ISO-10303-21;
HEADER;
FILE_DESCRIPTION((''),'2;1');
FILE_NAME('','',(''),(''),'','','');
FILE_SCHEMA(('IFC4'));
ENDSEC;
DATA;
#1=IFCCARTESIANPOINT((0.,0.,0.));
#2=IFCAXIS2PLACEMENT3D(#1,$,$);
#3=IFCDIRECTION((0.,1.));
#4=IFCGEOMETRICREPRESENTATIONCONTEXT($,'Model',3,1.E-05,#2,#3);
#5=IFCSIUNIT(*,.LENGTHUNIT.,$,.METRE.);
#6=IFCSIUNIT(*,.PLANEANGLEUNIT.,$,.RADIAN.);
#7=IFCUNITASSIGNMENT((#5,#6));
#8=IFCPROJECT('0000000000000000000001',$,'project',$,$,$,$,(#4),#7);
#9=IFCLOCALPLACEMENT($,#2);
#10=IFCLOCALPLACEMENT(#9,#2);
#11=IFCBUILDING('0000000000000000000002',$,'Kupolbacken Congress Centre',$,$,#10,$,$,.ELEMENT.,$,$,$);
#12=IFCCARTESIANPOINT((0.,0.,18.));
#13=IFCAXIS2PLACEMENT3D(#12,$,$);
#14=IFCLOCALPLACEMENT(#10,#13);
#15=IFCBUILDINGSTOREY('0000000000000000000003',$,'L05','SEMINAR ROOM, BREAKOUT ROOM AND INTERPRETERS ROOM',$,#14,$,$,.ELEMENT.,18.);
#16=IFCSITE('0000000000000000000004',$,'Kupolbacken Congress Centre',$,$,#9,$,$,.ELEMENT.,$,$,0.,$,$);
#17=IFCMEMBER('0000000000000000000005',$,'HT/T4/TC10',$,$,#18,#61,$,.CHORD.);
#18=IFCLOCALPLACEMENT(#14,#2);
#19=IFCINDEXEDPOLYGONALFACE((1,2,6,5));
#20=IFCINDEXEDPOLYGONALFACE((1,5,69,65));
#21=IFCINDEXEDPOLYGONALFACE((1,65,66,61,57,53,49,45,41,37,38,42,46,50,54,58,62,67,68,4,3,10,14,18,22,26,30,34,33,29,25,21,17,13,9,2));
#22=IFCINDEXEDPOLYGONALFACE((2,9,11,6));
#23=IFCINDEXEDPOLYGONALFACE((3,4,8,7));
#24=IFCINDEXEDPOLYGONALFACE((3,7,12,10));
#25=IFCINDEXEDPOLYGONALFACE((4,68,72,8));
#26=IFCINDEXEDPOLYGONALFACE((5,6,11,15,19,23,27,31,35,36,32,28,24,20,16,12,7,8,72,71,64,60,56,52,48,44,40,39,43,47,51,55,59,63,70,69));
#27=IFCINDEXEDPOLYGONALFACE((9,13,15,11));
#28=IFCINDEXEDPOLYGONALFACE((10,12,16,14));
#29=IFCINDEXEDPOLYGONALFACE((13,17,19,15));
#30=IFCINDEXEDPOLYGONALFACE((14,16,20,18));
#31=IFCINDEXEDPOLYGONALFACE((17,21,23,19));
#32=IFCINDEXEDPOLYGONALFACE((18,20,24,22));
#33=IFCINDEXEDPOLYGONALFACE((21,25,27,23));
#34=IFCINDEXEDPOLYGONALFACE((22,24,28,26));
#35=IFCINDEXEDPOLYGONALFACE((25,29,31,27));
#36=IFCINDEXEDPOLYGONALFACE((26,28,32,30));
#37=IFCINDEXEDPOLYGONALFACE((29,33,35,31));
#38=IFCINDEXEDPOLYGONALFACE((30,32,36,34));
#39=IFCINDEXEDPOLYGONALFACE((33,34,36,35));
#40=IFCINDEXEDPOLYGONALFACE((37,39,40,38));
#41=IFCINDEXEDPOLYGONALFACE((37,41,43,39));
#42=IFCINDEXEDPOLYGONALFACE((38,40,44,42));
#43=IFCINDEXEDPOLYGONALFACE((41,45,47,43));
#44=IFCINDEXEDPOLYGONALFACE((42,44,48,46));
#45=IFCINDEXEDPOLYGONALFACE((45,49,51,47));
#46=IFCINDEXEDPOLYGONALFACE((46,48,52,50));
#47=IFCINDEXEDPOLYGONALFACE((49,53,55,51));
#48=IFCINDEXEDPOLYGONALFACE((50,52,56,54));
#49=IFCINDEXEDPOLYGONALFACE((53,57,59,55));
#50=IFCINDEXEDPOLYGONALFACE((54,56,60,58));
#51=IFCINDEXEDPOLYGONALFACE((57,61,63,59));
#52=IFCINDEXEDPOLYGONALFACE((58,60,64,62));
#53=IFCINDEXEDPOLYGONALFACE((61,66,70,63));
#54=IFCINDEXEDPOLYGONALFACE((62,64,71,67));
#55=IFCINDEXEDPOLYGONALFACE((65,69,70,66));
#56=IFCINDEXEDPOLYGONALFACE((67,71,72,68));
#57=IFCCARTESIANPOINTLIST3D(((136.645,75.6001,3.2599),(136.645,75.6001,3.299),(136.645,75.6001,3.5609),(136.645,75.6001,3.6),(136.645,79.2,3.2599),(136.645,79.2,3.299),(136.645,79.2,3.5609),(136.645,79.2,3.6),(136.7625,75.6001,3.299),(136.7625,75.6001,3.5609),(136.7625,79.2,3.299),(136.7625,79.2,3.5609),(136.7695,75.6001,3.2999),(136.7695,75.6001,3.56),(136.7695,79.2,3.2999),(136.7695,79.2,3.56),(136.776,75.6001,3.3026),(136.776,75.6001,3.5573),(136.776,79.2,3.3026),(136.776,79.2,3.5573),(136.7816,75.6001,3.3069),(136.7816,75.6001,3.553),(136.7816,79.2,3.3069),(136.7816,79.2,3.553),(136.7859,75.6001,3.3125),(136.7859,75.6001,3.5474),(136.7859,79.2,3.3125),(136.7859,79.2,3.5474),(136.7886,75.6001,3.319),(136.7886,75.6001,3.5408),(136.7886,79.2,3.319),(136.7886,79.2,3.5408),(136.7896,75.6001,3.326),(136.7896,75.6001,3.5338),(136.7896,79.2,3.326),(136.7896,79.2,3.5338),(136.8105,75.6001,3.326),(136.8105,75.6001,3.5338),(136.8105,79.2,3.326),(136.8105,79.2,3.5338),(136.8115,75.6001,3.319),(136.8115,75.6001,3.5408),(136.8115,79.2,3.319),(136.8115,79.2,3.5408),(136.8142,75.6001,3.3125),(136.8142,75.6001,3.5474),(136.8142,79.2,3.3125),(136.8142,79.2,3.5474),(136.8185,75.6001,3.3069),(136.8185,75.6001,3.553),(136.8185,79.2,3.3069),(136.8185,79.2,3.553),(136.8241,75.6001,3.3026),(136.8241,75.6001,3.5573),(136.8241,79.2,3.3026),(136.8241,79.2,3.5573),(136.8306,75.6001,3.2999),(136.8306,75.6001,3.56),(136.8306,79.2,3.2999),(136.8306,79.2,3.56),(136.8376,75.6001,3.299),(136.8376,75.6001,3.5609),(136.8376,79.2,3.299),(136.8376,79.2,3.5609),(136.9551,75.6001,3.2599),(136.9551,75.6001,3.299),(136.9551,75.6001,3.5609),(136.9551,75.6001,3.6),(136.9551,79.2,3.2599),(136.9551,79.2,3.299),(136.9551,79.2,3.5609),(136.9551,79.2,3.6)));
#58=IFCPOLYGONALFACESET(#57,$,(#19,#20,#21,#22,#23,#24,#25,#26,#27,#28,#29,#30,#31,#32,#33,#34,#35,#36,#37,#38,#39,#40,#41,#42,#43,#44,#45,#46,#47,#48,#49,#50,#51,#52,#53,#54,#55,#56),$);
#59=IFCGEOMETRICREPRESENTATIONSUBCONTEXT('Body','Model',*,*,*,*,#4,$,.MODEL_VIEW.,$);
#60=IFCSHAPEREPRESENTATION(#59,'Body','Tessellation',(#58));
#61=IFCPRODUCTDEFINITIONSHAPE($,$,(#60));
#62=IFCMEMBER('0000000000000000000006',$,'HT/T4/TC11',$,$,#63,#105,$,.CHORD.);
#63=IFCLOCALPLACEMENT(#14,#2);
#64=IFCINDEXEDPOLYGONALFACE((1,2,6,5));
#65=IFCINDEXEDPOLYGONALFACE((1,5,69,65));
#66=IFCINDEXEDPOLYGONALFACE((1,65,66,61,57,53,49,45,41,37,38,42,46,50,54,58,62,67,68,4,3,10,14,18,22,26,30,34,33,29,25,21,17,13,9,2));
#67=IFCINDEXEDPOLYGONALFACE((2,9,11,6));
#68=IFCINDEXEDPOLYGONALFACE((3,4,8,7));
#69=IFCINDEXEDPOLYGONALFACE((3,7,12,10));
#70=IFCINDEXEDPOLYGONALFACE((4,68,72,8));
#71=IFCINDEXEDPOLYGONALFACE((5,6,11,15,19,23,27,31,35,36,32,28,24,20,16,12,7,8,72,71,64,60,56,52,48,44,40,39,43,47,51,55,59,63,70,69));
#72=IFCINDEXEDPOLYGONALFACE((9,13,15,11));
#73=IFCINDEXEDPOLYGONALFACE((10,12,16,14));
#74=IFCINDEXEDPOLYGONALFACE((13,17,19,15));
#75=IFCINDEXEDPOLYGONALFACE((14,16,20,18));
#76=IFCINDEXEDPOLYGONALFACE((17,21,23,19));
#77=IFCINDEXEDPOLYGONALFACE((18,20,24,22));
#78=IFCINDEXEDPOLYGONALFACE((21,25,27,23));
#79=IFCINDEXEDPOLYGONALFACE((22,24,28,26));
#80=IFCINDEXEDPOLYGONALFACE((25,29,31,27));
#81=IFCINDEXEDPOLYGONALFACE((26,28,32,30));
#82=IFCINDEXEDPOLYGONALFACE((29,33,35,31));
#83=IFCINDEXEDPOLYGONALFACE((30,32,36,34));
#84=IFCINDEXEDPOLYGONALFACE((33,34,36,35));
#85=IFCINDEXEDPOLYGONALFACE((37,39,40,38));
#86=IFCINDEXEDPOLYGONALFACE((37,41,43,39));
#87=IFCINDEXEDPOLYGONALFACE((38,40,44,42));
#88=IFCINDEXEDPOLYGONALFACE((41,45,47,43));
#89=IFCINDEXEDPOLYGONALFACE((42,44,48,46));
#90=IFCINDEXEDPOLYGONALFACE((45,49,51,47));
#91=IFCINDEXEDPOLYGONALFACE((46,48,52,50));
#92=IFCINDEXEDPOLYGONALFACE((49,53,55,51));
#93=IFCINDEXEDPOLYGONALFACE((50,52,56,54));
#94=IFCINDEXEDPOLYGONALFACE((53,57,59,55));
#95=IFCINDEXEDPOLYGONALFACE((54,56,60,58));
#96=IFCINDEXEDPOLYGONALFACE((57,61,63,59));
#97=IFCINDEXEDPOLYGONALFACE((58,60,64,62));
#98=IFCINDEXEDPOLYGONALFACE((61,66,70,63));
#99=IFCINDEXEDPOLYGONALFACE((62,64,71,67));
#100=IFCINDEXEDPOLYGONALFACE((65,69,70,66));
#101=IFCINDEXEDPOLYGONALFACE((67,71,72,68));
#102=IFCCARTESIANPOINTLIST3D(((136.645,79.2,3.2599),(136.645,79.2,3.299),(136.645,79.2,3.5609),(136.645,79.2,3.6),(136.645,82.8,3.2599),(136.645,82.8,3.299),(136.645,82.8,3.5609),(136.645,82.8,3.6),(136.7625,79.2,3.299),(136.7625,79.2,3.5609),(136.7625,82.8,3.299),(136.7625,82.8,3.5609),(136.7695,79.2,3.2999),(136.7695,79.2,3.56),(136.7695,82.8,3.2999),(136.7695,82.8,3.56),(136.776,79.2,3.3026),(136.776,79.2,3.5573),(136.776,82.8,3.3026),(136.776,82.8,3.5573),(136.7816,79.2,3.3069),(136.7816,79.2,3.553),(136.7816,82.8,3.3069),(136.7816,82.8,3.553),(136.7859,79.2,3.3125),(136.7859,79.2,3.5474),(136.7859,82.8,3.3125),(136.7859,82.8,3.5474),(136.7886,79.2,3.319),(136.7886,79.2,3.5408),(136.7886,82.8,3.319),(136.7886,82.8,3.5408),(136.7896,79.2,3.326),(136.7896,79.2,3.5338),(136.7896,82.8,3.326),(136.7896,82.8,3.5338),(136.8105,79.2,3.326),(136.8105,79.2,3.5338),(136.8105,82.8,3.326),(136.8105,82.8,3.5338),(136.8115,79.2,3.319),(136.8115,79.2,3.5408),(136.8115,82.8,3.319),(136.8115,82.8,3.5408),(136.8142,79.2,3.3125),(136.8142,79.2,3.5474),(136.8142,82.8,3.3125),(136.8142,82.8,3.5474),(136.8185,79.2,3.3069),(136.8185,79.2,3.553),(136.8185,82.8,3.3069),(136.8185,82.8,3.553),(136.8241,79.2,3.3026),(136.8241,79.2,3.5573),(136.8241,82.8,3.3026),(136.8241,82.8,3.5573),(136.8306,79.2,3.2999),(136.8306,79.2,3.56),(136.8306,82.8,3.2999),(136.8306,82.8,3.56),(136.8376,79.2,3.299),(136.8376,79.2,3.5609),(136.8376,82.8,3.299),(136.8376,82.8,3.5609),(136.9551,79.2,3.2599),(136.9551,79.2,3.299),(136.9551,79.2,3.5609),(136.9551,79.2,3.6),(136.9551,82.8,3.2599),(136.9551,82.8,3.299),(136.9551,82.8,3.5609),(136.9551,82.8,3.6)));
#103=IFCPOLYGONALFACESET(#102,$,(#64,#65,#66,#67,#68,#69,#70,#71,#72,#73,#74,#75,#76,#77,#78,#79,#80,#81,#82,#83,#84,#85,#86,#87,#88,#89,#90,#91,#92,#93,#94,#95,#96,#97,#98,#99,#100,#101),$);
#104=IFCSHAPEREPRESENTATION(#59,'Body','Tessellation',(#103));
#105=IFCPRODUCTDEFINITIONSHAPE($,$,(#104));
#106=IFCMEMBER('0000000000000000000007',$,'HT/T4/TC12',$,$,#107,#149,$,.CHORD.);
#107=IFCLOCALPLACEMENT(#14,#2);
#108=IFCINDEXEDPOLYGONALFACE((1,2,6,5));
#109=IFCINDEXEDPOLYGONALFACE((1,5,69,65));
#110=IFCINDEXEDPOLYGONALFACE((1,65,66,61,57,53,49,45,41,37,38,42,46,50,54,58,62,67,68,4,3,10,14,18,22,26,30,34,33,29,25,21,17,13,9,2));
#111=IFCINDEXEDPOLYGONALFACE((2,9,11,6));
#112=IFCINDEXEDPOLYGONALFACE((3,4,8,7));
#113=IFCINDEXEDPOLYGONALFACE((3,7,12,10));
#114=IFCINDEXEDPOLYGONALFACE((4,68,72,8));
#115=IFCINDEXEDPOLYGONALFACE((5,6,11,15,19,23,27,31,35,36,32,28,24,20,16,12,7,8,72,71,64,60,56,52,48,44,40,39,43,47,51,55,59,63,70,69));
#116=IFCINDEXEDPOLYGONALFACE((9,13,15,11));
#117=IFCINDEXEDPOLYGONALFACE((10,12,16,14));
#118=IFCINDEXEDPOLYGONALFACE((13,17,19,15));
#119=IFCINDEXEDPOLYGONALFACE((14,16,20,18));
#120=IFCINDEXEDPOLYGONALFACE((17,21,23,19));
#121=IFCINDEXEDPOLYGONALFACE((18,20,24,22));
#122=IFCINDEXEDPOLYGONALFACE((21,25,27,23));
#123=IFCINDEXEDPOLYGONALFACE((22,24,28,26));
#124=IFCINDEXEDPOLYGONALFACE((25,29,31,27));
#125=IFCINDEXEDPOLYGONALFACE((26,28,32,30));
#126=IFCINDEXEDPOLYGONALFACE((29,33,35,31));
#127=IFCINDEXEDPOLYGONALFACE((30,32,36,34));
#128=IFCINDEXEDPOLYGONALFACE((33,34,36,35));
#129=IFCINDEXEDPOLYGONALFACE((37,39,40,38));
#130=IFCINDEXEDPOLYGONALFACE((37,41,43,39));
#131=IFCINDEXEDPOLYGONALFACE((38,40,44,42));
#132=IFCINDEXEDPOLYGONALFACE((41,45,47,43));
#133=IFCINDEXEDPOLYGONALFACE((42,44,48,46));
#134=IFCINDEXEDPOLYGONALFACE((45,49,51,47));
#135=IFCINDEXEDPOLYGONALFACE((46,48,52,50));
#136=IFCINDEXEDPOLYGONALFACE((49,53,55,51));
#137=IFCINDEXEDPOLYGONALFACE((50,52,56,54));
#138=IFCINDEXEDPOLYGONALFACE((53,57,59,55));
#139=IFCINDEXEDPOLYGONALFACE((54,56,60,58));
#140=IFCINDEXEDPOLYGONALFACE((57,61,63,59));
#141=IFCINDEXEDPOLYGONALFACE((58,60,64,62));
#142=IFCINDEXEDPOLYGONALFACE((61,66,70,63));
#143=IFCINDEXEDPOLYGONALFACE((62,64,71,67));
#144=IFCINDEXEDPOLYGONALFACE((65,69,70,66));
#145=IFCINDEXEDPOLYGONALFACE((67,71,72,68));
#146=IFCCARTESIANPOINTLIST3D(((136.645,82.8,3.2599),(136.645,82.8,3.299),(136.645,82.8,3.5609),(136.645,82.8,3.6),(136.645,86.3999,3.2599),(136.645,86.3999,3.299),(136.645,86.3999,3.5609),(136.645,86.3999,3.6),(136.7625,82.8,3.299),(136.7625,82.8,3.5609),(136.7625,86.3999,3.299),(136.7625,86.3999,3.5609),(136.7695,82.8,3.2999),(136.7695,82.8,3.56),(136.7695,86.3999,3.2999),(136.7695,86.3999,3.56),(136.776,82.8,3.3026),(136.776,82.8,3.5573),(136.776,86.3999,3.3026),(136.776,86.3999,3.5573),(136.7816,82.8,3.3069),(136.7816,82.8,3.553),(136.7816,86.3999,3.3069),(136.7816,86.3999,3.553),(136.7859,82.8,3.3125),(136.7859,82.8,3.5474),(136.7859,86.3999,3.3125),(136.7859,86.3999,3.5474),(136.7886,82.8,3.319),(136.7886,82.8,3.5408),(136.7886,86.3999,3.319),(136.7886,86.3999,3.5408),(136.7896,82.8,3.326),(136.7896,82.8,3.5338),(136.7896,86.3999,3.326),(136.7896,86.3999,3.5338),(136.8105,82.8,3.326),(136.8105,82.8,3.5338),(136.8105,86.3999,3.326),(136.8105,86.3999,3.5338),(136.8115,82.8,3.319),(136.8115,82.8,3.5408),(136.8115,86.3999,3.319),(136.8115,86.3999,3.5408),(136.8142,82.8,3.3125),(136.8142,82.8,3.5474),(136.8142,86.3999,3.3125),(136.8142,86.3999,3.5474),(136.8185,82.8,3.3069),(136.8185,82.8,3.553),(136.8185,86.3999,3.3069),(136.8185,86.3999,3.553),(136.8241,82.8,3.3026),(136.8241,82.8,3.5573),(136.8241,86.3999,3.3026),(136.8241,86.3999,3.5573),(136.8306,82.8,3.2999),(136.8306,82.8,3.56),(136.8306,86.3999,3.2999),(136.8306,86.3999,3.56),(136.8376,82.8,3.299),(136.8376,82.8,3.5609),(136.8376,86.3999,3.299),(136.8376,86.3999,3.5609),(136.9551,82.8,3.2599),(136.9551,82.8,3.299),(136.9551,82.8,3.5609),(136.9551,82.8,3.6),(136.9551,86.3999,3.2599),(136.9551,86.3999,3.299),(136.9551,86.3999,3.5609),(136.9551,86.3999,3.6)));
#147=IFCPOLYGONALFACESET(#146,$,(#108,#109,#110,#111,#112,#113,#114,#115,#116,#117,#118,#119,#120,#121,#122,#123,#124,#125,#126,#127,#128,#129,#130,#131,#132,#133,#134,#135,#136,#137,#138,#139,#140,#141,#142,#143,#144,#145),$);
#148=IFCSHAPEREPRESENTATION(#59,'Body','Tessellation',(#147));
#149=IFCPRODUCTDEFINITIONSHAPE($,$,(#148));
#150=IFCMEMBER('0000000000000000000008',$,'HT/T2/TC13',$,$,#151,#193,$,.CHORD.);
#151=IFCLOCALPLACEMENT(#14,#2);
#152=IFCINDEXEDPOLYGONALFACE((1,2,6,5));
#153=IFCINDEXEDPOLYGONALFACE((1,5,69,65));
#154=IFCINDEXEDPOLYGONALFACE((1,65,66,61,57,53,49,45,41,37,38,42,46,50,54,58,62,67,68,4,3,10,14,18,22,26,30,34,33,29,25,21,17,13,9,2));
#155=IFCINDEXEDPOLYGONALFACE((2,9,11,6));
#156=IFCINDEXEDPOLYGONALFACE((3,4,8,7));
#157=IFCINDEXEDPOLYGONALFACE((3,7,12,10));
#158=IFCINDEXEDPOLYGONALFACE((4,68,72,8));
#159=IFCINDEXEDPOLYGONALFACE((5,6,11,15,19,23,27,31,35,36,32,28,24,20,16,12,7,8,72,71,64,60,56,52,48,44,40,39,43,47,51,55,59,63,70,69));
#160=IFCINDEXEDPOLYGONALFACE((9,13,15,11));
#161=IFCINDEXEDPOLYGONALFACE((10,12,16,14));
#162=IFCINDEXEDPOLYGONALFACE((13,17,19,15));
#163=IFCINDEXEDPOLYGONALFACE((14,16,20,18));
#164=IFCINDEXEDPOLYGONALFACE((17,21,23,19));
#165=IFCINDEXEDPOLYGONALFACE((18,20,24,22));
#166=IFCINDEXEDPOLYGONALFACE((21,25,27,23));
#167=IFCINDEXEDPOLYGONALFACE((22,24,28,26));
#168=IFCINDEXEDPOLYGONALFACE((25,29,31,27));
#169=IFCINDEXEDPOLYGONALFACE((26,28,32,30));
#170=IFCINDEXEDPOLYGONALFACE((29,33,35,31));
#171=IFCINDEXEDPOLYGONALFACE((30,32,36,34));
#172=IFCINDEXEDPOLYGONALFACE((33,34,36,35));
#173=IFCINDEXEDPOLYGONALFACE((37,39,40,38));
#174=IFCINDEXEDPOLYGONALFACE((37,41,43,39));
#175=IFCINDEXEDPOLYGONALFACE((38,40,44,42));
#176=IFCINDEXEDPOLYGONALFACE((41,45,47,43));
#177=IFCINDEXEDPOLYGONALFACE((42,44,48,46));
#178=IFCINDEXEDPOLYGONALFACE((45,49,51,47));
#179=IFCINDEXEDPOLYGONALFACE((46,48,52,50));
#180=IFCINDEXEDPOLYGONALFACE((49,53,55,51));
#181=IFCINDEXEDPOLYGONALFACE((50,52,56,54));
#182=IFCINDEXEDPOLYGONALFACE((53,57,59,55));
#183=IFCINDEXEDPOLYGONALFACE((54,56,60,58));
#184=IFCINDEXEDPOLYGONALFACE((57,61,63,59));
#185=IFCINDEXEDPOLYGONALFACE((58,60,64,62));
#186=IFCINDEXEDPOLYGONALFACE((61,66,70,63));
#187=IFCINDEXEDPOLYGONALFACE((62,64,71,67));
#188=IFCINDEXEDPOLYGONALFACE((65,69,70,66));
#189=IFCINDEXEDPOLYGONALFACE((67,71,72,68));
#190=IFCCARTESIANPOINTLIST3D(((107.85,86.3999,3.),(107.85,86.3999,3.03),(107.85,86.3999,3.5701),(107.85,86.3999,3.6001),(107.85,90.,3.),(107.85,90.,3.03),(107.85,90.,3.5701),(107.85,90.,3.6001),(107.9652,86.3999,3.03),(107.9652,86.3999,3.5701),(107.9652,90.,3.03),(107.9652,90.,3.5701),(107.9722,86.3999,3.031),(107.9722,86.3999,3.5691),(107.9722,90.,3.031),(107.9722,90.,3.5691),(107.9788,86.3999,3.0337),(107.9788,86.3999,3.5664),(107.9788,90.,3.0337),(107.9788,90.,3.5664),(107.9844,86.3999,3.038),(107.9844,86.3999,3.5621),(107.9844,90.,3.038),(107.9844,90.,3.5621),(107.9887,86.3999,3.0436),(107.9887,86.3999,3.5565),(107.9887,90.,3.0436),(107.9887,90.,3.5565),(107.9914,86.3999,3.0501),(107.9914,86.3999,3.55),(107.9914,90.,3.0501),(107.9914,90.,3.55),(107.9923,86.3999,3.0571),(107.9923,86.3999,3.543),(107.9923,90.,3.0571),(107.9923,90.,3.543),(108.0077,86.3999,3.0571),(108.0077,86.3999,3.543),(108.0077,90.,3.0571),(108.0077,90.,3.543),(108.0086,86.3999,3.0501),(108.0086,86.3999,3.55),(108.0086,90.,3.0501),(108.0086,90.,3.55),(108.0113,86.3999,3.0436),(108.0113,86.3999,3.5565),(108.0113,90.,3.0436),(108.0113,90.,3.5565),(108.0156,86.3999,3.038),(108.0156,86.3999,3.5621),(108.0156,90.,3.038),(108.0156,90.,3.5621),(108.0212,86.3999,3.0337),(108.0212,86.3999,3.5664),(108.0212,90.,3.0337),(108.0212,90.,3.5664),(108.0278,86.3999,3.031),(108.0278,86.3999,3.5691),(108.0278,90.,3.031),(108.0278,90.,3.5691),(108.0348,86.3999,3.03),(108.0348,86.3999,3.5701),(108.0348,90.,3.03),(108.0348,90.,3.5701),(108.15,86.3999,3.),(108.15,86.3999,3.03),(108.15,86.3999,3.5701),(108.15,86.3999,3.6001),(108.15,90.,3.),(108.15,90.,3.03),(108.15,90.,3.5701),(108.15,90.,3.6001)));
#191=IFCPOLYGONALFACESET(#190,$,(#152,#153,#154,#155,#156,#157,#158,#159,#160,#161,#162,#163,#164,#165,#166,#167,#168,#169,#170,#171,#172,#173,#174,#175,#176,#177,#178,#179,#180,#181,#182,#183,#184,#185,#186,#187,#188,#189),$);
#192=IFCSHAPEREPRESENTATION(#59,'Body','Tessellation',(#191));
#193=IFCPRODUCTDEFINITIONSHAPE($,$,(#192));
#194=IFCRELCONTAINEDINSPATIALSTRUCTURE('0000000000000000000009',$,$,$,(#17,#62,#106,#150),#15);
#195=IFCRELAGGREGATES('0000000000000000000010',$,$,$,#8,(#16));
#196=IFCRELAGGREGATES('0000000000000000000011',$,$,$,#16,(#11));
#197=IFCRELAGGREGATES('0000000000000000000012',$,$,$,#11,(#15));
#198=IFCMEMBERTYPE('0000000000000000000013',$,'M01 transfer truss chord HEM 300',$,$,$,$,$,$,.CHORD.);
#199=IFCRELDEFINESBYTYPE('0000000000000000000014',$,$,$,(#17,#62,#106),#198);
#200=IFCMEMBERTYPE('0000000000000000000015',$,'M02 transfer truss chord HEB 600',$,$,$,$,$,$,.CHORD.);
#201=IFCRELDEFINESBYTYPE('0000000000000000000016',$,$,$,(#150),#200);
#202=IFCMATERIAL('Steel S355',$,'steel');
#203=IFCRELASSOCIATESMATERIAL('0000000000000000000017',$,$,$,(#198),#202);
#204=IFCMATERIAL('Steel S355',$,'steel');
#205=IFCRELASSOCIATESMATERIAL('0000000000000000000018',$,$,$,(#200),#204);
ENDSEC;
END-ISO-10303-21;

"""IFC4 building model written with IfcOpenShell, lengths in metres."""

from ifc_helpers import new_model, si_unit, direction, frame, origin, origin_2d, place, context, subcontext, project, spatial, i_section, extrude, material, material_profile, profile_set, type_object, element, save


model = new_model("IFC4")

# Units and contexts
model_context = context("Model", 3, precision=1e-05, world=origin(), true_north=direction((0.0, 1.0)))
body_context = subcontext(model_context, "Body", "Model", "MODEL_VIEW")
ifc_project = project(units=[si_unit("LENGTHUNIT", "METRE"), si_unit("PLANEANGLEUNIT", "RADIAN")], contexts=[model_context])

# Site, building, storey
site_placement = place(None, origin())
site = spatial("IfcSite", under=ifc_project, at=site_placement, Name="Kupolbacken Congress Centre", CompositionType="ELEMENT", RefElevation=0.0)
building_placement = place(site_placement, origin())
building = spatial("IfcBuilding", under=site, at=building_placement, Name="Kupolbacken Congress Centre", CompositionType="ELEMENT")
storey_placement = place(building_placement, frame((0.0, 0.0, 18.0)))
storey = spatial("IfcBuildingStorey", under=building, at=storey_placement, Name="L05", Description="SEMINAR ROOM, BREAKOUT ROOM AND INTERPRETERS ROOM", CompositionType="ELEMENT", Elevation=18.0)

# Members
ifc_material_1 = material(Name="Steel S355", Category="steel")
ifc_material_profile_1 = material_profile(ifc_material_1, i_section(OverallWidth=0.3101, OverallDepth=0.3401, WebThickness=0.021, FlangeThickness=0.0391, FilletRadius=0.0271, at=origin_2d()), Name="HEM 300")
ifc_profile_set_1 = profile_set([ifc_material_profile_1], Name="Steel S355")
member_type_1 = type_object("IfcMemberType", Name="M01 transfer truss chord HEM 300", PredefinedType="CHORD", material=ifc_profile_set_1)
for number, where, z_axis, x_axis, name in (
    (1, (136.8, 75.6001, 3.4299), (0.0, 1.0, 0.0), (-1.0, 0.0, 0.0), "HT/T4/TC10"),
):
    element("IfcMember", number, at=place(storey_placement, frame(where, z_axis=z_axis, x_axis=x_axis)), inside=storey, type_object=member_type_1, Name=name, PredefinedType="CHORD", context=body_context, shape_type="SweptSolid", body=[
        extrude(i_section(OverallWidth=0.3101, OverallDepth=0.3401, WebThickness=0.021, FlangeThickness=0.0391, FilletRadius=0.0271, at=origin_2d()), origin(), (0.0, 0.0, 1.0), 3.5999),
    ])
member_1_placement = place(storey_placement, frame((136.8, 79.2, 3.4299), z_axis=(0.0, 1.0, 0.0), x_axis=(-1.0, 0.0, 0.0)))
element("IfcMember", 2, at=member_1_placement, inside=storey, type_object=member_type_1, Name="HT/T4/TC11", PredefinedType="CHORD", context=body_context, shape_type="SweptSolid", body=[
    extrude(i_section(OverallWidth=0.3101, OverallDepth=0.3401, WebThickness=0.021, FlangeThickness=0.0391, FilletRadius=0.0271, at=origin_2d()), origin(), (0.0, 0.0, 1.0), 3.6001),
])
member_2_placement = place(storey_placement, frame((136.8, 82.8, 3.4299), z_axis=(0.0, 1.0, 0.0), x_axis=(-1.0, 0.0, 0.0)))
element("IfcMember", 3, at=member_2_placement, inside=storey, type_object=member_type_1, Name="HT/T4/TC12", PredefinedType="CHORD", context=body_context, shape_type="SweptSolid", body=[
    extrude(i_section(OverallWidth=0.3101, OverallDepth=0.3401, WebThickness=0.021, FlangeThickness=0.0391, FilletRadius=0.0271, at=origin_2d()), origin(), (0.0, 0.0, 1.0), 3.5999),
])
ifc_material_2 = material(Name="Steel S355", Category="steel")
ifc_material_profile_2 = material_profile(ifc_material_2, i_section(OverallWidth=0.3, OverallDepth=0.6001, WebThickness=0.0154, FlangeThickness=0.03, FilletRadius=0.0271, at=origin_2d()), Name="HEB 600")
ifc_profile_set_2 = profile_set([ifc_material_profile_2], Name="Steel S355")
member_type_2 = type_object("IfcMemberType", Name="M02 transfer truss chord HEB 600", PredefinedType="CHORD", material=ifc_profile_set_2)
for number, where, z_axis, x_axis, name in (
    (4, (108.0, 86.3999, 3.3), (0.0, 1.0, 0.0), (-1.0, 0.0, 0.0), "HT/T2/TC13"),
):
    element("IfcMember", number, at=place(storey_placement, frame(where, z_axis=z_axis, x_axis=x_axis)), inside=storey, type_object=member_type_2, Name=name, PredefinedType="CHORD", context=body_context, shape_type="SweptSolid", body=[
        extrude(i_section(OverallWidth=0.3, OverallDepth=0.6001, WebThickness=0.0154, FlangeThickness=0.03, FilletRadius=0.0271, at=origin_2d()), origin(), (0.0, 0.0, 1.0), 3.6001),
    ])

save(model, "model.ifc")
